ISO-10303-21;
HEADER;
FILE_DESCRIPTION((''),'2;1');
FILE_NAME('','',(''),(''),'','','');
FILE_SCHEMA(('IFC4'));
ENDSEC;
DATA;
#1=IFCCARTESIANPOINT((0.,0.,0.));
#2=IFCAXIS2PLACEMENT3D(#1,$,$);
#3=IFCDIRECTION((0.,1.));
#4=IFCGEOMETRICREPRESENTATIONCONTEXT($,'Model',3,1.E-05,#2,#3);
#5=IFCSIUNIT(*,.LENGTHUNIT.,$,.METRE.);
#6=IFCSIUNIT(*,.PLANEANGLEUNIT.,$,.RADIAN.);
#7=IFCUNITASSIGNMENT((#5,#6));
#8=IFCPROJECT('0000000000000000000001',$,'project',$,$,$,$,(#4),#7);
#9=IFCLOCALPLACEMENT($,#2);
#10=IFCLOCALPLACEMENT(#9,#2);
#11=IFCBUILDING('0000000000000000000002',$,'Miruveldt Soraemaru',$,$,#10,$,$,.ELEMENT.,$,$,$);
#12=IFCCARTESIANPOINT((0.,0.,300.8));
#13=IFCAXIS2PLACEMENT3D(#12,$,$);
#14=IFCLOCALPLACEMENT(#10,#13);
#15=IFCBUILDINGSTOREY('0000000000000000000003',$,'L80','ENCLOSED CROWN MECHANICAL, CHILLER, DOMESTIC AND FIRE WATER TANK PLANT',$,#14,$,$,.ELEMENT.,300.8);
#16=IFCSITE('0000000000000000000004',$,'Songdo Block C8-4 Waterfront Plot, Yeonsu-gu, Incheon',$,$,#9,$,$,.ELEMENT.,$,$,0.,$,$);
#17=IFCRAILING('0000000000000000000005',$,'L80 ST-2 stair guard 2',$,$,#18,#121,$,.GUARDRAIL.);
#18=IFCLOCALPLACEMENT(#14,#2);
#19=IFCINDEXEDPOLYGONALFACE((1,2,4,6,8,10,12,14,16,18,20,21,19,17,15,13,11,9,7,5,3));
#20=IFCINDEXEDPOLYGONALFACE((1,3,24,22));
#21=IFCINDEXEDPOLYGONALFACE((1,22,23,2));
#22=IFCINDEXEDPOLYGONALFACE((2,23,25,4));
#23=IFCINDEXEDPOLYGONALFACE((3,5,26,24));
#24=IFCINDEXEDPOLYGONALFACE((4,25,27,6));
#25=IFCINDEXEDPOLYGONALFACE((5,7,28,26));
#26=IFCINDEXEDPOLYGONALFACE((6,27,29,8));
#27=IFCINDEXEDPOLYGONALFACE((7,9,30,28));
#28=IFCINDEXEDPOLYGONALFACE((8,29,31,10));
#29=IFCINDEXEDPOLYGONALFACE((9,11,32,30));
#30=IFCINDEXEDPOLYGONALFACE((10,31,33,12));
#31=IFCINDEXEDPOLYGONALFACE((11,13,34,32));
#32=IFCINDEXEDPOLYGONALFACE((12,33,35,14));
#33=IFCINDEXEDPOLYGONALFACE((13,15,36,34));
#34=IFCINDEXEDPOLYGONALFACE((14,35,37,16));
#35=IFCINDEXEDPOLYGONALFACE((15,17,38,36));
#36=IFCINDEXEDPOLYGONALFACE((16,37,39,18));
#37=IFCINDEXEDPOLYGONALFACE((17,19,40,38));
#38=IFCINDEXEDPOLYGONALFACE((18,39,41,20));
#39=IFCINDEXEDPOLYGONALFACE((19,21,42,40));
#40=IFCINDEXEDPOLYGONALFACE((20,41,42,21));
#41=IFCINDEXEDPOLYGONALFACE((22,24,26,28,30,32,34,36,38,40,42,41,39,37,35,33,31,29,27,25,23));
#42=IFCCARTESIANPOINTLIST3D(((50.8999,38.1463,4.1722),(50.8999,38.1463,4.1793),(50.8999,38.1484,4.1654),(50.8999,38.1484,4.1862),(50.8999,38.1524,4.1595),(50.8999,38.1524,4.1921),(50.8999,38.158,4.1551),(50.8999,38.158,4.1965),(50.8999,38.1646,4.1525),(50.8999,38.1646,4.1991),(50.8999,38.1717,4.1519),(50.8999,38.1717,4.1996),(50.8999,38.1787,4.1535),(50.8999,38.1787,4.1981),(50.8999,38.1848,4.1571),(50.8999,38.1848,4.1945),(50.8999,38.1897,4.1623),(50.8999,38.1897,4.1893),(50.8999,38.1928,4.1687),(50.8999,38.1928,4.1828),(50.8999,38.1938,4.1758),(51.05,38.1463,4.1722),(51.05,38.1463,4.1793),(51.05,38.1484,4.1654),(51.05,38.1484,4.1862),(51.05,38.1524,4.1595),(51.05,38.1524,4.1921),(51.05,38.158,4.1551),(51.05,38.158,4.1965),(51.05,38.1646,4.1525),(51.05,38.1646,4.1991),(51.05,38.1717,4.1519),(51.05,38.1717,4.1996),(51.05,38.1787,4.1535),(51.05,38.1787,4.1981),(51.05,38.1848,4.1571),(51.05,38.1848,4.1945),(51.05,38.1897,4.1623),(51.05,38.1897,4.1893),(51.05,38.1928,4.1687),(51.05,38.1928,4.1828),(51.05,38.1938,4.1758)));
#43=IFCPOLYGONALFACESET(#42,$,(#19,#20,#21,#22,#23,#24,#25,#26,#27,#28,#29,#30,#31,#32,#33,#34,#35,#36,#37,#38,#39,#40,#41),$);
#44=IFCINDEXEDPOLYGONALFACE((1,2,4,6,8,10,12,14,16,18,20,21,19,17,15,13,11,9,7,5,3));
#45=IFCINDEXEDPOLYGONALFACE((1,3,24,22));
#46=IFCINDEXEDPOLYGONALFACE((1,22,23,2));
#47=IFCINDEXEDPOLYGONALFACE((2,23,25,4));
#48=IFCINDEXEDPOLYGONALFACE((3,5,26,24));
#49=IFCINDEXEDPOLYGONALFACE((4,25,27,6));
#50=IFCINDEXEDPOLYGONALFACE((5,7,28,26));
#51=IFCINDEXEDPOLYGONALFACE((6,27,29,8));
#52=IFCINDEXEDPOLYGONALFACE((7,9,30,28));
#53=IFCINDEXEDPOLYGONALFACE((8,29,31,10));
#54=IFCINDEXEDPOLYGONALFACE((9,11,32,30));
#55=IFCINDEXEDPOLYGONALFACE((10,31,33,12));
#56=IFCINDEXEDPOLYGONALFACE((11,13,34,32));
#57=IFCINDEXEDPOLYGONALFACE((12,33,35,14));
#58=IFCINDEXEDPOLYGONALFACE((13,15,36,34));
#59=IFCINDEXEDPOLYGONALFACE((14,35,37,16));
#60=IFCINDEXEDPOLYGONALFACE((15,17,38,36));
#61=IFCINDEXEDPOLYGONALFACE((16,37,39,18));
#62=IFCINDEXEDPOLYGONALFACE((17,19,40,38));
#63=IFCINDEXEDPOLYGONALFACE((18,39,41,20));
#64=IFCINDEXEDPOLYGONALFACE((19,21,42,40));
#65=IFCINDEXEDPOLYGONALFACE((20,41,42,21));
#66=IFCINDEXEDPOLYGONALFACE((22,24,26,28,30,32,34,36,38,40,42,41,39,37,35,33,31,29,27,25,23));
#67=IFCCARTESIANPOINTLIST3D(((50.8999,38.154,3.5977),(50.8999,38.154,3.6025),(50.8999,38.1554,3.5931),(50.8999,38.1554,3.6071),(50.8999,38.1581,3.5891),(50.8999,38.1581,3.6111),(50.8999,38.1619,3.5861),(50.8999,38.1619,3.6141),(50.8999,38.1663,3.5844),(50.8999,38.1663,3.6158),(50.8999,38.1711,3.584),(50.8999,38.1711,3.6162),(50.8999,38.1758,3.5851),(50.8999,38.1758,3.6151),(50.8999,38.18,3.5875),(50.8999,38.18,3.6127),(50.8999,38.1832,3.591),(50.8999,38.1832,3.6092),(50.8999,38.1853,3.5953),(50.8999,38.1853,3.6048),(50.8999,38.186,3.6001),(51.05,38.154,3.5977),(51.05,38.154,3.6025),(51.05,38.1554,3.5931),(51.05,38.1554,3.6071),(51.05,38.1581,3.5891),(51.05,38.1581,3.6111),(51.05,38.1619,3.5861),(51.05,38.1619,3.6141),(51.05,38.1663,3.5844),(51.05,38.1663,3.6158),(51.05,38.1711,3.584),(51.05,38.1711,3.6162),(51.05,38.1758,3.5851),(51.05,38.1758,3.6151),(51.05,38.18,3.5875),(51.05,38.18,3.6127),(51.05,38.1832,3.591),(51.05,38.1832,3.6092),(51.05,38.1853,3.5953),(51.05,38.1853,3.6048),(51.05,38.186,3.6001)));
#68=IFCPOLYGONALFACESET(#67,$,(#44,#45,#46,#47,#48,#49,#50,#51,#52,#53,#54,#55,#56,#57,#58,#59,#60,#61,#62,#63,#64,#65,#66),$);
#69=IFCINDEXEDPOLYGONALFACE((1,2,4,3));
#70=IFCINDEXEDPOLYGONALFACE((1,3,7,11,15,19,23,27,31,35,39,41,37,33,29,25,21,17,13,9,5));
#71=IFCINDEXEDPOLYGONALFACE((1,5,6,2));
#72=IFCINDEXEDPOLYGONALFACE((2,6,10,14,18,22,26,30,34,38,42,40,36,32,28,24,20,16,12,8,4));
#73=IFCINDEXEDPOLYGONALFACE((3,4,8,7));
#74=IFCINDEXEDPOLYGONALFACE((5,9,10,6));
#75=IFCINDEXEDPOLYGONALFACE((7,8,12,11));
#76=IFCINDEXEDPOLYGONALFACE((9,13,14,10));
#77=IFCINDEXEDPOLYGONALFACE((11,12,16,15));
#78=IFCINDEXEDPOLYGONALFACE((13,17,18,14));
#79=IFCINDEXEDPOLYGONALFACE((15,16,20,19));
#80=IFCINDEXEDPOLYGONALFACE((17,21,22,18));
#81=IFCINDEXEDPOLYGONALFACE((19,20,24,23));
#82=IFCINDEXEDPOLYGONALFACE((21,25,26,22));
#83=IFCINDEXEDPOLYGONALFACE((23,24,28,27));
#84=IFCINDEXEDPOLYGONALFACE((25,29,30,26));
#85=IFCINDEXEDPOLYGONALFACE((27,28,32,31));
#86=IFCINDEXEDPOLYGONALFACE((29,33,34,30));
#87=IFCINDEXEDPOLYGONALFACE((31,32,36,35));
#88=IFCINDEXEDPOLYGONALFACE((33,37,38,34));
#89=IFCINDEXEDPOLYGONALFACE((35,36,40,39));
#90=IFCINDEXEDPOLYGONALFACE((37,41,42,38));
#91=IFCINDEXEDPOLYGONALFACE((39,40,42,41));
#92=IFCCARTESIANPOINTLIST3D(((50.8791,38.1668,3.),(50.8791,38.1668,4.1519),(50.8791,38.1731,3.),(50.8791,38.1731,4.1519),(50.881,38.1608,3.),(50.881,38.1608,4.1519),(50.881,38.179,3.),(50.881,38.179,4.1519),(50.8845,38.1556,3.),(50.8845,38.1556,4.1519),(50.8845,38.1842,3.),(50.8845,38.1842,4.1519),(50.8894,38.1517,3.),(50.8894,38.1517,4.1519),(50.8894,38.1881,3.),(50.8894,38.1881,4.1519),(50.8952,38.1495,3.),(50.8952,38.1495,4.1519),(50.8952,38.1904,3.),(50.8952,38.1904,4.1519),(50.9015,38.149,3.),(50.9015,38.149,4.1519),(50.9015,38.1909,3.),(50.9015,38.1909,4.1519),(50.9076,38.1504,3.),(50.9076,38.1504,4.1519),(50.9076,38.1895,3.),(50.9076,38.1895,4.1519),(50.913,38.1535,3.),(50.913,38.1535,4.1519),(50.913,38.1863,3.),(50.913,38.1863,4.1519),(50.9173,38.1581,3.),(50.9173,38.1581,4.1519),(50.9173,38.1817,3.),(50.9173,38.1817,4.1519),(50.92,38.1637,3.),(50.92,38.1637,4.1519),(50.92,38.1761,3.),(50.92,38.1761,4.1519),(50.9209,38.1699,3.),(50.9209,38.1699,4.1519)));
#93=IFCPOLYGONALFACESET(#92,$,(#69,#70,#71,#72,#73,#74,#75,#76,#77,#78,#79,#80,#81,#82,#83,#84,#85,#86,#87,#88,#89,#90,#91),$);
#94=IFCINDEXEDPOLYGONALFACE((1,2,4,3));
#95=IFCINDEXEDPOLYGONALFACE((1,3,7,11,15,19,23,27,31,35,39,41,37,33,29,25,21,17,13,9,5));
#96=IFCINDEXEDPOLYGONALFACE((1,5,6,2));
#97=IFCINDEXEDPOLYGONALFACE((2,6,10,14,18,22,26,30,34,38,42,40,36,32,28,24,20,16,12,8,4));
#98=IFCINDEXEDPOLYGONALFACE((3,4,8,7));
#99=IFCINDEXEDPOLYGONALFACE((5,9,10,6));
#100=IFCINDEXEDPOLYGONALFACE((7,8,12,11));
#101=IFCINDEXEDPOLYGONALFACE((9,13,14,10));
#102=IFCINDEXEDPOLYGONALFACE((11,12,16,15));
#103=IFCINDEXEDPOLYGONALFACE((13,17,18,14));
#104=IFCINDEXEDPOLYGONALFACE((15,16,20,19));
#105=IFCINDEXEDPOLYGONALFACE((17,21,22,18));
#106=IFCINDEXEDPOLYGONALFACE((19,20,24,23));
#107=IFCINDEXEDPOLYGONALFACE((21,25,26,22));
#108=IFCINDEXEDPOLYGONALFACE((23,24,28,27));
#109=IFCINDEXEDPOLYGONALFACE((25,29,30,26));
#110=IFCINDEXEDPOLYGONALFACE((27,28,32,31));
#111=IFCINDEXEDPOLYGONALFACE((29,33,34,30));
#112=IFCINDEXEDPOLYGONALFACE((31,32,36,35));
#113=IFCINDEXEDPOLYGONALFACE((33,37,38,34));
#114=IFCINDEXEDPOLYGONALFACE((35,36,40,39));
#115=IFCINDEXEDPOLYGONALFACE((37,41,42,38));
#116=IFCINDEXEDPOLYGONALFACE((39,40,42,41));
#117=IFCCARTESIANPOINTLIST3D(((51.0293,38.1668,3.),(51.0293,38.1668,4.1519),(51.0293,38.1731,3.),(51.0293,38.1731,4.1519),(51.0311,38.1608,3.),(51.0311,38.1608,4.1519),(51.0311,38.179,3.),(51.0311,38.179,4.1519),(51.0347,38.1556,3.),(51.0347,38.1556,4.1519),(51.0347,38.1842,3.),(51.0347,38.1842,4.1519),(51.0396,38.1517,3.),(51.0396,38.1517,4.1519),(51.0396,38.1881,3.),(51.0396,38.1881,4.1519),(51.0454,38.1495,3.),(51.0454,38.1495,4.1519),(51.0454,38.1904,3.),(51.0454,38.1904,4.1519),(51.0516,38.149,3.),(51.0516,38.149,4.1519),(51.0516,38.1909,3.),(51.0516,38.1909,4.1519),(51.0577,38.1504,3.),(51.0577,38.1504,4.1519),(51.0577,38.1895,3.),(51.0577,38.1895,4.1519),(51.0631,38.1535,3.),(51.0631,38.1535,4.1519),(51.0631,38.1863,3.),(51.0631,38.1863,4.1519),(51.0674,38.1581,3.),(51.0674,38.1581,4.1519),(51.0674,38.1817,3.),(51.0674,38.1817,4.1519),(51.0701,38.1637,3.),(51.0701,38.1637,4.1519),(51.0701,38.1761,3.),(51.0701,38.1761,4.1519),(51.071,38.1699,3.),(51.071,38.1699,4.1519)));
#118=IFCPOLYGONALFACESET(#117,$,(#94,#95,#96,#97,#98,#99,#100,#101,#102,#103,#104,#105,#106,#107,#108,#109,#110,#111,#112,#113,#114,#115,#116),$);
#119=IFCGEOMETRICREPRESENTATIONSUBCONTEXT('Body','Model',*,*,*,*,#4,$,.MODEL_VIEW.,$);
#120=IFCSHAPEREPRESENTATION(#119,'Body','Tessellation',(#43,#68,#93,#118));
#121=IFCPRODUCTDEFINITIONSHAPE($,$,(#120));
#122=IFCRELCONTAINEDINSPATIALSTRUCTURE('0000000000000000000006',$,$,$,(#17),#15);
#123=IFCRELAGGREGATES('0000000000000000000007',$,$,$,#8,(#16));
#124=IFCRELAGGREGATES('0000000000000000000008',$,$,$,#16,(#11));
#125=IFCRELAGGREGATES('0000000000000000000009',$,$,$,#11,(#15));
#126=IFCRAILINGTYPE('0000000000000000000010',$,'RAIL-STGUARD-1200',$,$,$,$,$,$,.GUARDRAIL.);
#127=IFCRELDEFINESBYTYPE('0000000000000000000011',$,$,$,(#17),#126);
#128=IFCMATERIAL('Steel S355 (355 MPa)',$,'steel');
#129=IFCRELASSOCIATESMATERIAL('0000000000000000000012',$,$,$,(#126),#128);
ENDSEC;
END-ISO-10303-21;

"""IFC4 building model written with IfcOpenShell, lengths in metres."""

from ifc_helpers import new_model, si_unit, direction, frame, origin, origin_2d, place, context, subcontext, project, spatial, circle, extrude, material, type_object, element, save


model = new_model("IFC4")

# Units and contexts
model_context = context("Model", 3, precision=1e-05, world=origin(), true_north=direction((0.0, 1.0)))
body_context = subcontext(model_context, "Body", "Model", "MODEL_VIEW")
ifc_project = project(units=[si_unit("LENGTHUNIT", "METRE"), si_unit("PLANEANGLEUNIT", "RADIAN")], contexts=[model_context])

# Site, building, storey
site_placement = place(None, origin())
site = spatial("IfcSite", under=ifc_project, at=site_placement, Name="Songdo Block C8-4 Waterfront Plot, Yeonsu-gu, Incheon", CompositionType="ELEMENT", RefElevation=0.0)
building_placement = place(site_placement, origin())
building = spatial("IfcBuilding", under=site, at=building_placement, Name="Miruveldt Soraemaru", CompositionType="ELEMENT")
storey_placement = place(building_placement, frame((0.0, 0.0, 300.8)))
storey = spatial("IfcBuildingStorey", under=building, at=storey_placement, Name="L80", Description="ENCLOSED CROWN MECHANICAL, CHILLER, DOMESTIC AND FIRE WATER TANK PLANT", CompositionType="ELEMENT", Elevation=300.8)

# Railing
ifc_material_1 = material(Name="Steel S355 (355 MPa)", Category="steel")
railing_type_1 = type_object("IfcRailingType", Name="RAIL-STGUARD-1200", PredefinedType="GUARDRAIL", material=ifc_material_1)
railing_1_placement = place(storey_placement, frame((50.8999, 38.1699, 3.0)))
element("IfcRailing", 1, at=railing_1_placement, inside=storey, type_object=railing_type_1, Name="L80 ST-2 stair guard 2", PredefinedType="GUARDRAIL", context=body_context, shape_type="SweptSolid", body=[
    extrude(circle(Radius=0.0239, at=origin_2d()), frame((0.0, 0.0, 1.1758), z_axis=(1.0, 0.0, 0.0), x_axis=(0.0, 1.0, 0.0)), (0.0, 0.0, 1.0), 0.1501),
    extrude(circle(Radius=0.0161, at=origin_2d()), frame((0.0, 0.0, 0.6001), z_axis=(1.0, 0.0, 0.0), x_axis=(0.0, 1.0, 0.0)), (0.0, 0.0, 1.0), 0.1501),
    extrude(circle(Radius=0.021, at=origin_2d()), origin(), (0.0, 0.0, 1.0), 1.1519),
    extrude(circle(Radius=0.021, at=origin_2d()), frame((0.1501, 0.0, 0.0)), (0.0, 0.0, 1.0), 1.1519),
])

save(model, "model.ifc")
